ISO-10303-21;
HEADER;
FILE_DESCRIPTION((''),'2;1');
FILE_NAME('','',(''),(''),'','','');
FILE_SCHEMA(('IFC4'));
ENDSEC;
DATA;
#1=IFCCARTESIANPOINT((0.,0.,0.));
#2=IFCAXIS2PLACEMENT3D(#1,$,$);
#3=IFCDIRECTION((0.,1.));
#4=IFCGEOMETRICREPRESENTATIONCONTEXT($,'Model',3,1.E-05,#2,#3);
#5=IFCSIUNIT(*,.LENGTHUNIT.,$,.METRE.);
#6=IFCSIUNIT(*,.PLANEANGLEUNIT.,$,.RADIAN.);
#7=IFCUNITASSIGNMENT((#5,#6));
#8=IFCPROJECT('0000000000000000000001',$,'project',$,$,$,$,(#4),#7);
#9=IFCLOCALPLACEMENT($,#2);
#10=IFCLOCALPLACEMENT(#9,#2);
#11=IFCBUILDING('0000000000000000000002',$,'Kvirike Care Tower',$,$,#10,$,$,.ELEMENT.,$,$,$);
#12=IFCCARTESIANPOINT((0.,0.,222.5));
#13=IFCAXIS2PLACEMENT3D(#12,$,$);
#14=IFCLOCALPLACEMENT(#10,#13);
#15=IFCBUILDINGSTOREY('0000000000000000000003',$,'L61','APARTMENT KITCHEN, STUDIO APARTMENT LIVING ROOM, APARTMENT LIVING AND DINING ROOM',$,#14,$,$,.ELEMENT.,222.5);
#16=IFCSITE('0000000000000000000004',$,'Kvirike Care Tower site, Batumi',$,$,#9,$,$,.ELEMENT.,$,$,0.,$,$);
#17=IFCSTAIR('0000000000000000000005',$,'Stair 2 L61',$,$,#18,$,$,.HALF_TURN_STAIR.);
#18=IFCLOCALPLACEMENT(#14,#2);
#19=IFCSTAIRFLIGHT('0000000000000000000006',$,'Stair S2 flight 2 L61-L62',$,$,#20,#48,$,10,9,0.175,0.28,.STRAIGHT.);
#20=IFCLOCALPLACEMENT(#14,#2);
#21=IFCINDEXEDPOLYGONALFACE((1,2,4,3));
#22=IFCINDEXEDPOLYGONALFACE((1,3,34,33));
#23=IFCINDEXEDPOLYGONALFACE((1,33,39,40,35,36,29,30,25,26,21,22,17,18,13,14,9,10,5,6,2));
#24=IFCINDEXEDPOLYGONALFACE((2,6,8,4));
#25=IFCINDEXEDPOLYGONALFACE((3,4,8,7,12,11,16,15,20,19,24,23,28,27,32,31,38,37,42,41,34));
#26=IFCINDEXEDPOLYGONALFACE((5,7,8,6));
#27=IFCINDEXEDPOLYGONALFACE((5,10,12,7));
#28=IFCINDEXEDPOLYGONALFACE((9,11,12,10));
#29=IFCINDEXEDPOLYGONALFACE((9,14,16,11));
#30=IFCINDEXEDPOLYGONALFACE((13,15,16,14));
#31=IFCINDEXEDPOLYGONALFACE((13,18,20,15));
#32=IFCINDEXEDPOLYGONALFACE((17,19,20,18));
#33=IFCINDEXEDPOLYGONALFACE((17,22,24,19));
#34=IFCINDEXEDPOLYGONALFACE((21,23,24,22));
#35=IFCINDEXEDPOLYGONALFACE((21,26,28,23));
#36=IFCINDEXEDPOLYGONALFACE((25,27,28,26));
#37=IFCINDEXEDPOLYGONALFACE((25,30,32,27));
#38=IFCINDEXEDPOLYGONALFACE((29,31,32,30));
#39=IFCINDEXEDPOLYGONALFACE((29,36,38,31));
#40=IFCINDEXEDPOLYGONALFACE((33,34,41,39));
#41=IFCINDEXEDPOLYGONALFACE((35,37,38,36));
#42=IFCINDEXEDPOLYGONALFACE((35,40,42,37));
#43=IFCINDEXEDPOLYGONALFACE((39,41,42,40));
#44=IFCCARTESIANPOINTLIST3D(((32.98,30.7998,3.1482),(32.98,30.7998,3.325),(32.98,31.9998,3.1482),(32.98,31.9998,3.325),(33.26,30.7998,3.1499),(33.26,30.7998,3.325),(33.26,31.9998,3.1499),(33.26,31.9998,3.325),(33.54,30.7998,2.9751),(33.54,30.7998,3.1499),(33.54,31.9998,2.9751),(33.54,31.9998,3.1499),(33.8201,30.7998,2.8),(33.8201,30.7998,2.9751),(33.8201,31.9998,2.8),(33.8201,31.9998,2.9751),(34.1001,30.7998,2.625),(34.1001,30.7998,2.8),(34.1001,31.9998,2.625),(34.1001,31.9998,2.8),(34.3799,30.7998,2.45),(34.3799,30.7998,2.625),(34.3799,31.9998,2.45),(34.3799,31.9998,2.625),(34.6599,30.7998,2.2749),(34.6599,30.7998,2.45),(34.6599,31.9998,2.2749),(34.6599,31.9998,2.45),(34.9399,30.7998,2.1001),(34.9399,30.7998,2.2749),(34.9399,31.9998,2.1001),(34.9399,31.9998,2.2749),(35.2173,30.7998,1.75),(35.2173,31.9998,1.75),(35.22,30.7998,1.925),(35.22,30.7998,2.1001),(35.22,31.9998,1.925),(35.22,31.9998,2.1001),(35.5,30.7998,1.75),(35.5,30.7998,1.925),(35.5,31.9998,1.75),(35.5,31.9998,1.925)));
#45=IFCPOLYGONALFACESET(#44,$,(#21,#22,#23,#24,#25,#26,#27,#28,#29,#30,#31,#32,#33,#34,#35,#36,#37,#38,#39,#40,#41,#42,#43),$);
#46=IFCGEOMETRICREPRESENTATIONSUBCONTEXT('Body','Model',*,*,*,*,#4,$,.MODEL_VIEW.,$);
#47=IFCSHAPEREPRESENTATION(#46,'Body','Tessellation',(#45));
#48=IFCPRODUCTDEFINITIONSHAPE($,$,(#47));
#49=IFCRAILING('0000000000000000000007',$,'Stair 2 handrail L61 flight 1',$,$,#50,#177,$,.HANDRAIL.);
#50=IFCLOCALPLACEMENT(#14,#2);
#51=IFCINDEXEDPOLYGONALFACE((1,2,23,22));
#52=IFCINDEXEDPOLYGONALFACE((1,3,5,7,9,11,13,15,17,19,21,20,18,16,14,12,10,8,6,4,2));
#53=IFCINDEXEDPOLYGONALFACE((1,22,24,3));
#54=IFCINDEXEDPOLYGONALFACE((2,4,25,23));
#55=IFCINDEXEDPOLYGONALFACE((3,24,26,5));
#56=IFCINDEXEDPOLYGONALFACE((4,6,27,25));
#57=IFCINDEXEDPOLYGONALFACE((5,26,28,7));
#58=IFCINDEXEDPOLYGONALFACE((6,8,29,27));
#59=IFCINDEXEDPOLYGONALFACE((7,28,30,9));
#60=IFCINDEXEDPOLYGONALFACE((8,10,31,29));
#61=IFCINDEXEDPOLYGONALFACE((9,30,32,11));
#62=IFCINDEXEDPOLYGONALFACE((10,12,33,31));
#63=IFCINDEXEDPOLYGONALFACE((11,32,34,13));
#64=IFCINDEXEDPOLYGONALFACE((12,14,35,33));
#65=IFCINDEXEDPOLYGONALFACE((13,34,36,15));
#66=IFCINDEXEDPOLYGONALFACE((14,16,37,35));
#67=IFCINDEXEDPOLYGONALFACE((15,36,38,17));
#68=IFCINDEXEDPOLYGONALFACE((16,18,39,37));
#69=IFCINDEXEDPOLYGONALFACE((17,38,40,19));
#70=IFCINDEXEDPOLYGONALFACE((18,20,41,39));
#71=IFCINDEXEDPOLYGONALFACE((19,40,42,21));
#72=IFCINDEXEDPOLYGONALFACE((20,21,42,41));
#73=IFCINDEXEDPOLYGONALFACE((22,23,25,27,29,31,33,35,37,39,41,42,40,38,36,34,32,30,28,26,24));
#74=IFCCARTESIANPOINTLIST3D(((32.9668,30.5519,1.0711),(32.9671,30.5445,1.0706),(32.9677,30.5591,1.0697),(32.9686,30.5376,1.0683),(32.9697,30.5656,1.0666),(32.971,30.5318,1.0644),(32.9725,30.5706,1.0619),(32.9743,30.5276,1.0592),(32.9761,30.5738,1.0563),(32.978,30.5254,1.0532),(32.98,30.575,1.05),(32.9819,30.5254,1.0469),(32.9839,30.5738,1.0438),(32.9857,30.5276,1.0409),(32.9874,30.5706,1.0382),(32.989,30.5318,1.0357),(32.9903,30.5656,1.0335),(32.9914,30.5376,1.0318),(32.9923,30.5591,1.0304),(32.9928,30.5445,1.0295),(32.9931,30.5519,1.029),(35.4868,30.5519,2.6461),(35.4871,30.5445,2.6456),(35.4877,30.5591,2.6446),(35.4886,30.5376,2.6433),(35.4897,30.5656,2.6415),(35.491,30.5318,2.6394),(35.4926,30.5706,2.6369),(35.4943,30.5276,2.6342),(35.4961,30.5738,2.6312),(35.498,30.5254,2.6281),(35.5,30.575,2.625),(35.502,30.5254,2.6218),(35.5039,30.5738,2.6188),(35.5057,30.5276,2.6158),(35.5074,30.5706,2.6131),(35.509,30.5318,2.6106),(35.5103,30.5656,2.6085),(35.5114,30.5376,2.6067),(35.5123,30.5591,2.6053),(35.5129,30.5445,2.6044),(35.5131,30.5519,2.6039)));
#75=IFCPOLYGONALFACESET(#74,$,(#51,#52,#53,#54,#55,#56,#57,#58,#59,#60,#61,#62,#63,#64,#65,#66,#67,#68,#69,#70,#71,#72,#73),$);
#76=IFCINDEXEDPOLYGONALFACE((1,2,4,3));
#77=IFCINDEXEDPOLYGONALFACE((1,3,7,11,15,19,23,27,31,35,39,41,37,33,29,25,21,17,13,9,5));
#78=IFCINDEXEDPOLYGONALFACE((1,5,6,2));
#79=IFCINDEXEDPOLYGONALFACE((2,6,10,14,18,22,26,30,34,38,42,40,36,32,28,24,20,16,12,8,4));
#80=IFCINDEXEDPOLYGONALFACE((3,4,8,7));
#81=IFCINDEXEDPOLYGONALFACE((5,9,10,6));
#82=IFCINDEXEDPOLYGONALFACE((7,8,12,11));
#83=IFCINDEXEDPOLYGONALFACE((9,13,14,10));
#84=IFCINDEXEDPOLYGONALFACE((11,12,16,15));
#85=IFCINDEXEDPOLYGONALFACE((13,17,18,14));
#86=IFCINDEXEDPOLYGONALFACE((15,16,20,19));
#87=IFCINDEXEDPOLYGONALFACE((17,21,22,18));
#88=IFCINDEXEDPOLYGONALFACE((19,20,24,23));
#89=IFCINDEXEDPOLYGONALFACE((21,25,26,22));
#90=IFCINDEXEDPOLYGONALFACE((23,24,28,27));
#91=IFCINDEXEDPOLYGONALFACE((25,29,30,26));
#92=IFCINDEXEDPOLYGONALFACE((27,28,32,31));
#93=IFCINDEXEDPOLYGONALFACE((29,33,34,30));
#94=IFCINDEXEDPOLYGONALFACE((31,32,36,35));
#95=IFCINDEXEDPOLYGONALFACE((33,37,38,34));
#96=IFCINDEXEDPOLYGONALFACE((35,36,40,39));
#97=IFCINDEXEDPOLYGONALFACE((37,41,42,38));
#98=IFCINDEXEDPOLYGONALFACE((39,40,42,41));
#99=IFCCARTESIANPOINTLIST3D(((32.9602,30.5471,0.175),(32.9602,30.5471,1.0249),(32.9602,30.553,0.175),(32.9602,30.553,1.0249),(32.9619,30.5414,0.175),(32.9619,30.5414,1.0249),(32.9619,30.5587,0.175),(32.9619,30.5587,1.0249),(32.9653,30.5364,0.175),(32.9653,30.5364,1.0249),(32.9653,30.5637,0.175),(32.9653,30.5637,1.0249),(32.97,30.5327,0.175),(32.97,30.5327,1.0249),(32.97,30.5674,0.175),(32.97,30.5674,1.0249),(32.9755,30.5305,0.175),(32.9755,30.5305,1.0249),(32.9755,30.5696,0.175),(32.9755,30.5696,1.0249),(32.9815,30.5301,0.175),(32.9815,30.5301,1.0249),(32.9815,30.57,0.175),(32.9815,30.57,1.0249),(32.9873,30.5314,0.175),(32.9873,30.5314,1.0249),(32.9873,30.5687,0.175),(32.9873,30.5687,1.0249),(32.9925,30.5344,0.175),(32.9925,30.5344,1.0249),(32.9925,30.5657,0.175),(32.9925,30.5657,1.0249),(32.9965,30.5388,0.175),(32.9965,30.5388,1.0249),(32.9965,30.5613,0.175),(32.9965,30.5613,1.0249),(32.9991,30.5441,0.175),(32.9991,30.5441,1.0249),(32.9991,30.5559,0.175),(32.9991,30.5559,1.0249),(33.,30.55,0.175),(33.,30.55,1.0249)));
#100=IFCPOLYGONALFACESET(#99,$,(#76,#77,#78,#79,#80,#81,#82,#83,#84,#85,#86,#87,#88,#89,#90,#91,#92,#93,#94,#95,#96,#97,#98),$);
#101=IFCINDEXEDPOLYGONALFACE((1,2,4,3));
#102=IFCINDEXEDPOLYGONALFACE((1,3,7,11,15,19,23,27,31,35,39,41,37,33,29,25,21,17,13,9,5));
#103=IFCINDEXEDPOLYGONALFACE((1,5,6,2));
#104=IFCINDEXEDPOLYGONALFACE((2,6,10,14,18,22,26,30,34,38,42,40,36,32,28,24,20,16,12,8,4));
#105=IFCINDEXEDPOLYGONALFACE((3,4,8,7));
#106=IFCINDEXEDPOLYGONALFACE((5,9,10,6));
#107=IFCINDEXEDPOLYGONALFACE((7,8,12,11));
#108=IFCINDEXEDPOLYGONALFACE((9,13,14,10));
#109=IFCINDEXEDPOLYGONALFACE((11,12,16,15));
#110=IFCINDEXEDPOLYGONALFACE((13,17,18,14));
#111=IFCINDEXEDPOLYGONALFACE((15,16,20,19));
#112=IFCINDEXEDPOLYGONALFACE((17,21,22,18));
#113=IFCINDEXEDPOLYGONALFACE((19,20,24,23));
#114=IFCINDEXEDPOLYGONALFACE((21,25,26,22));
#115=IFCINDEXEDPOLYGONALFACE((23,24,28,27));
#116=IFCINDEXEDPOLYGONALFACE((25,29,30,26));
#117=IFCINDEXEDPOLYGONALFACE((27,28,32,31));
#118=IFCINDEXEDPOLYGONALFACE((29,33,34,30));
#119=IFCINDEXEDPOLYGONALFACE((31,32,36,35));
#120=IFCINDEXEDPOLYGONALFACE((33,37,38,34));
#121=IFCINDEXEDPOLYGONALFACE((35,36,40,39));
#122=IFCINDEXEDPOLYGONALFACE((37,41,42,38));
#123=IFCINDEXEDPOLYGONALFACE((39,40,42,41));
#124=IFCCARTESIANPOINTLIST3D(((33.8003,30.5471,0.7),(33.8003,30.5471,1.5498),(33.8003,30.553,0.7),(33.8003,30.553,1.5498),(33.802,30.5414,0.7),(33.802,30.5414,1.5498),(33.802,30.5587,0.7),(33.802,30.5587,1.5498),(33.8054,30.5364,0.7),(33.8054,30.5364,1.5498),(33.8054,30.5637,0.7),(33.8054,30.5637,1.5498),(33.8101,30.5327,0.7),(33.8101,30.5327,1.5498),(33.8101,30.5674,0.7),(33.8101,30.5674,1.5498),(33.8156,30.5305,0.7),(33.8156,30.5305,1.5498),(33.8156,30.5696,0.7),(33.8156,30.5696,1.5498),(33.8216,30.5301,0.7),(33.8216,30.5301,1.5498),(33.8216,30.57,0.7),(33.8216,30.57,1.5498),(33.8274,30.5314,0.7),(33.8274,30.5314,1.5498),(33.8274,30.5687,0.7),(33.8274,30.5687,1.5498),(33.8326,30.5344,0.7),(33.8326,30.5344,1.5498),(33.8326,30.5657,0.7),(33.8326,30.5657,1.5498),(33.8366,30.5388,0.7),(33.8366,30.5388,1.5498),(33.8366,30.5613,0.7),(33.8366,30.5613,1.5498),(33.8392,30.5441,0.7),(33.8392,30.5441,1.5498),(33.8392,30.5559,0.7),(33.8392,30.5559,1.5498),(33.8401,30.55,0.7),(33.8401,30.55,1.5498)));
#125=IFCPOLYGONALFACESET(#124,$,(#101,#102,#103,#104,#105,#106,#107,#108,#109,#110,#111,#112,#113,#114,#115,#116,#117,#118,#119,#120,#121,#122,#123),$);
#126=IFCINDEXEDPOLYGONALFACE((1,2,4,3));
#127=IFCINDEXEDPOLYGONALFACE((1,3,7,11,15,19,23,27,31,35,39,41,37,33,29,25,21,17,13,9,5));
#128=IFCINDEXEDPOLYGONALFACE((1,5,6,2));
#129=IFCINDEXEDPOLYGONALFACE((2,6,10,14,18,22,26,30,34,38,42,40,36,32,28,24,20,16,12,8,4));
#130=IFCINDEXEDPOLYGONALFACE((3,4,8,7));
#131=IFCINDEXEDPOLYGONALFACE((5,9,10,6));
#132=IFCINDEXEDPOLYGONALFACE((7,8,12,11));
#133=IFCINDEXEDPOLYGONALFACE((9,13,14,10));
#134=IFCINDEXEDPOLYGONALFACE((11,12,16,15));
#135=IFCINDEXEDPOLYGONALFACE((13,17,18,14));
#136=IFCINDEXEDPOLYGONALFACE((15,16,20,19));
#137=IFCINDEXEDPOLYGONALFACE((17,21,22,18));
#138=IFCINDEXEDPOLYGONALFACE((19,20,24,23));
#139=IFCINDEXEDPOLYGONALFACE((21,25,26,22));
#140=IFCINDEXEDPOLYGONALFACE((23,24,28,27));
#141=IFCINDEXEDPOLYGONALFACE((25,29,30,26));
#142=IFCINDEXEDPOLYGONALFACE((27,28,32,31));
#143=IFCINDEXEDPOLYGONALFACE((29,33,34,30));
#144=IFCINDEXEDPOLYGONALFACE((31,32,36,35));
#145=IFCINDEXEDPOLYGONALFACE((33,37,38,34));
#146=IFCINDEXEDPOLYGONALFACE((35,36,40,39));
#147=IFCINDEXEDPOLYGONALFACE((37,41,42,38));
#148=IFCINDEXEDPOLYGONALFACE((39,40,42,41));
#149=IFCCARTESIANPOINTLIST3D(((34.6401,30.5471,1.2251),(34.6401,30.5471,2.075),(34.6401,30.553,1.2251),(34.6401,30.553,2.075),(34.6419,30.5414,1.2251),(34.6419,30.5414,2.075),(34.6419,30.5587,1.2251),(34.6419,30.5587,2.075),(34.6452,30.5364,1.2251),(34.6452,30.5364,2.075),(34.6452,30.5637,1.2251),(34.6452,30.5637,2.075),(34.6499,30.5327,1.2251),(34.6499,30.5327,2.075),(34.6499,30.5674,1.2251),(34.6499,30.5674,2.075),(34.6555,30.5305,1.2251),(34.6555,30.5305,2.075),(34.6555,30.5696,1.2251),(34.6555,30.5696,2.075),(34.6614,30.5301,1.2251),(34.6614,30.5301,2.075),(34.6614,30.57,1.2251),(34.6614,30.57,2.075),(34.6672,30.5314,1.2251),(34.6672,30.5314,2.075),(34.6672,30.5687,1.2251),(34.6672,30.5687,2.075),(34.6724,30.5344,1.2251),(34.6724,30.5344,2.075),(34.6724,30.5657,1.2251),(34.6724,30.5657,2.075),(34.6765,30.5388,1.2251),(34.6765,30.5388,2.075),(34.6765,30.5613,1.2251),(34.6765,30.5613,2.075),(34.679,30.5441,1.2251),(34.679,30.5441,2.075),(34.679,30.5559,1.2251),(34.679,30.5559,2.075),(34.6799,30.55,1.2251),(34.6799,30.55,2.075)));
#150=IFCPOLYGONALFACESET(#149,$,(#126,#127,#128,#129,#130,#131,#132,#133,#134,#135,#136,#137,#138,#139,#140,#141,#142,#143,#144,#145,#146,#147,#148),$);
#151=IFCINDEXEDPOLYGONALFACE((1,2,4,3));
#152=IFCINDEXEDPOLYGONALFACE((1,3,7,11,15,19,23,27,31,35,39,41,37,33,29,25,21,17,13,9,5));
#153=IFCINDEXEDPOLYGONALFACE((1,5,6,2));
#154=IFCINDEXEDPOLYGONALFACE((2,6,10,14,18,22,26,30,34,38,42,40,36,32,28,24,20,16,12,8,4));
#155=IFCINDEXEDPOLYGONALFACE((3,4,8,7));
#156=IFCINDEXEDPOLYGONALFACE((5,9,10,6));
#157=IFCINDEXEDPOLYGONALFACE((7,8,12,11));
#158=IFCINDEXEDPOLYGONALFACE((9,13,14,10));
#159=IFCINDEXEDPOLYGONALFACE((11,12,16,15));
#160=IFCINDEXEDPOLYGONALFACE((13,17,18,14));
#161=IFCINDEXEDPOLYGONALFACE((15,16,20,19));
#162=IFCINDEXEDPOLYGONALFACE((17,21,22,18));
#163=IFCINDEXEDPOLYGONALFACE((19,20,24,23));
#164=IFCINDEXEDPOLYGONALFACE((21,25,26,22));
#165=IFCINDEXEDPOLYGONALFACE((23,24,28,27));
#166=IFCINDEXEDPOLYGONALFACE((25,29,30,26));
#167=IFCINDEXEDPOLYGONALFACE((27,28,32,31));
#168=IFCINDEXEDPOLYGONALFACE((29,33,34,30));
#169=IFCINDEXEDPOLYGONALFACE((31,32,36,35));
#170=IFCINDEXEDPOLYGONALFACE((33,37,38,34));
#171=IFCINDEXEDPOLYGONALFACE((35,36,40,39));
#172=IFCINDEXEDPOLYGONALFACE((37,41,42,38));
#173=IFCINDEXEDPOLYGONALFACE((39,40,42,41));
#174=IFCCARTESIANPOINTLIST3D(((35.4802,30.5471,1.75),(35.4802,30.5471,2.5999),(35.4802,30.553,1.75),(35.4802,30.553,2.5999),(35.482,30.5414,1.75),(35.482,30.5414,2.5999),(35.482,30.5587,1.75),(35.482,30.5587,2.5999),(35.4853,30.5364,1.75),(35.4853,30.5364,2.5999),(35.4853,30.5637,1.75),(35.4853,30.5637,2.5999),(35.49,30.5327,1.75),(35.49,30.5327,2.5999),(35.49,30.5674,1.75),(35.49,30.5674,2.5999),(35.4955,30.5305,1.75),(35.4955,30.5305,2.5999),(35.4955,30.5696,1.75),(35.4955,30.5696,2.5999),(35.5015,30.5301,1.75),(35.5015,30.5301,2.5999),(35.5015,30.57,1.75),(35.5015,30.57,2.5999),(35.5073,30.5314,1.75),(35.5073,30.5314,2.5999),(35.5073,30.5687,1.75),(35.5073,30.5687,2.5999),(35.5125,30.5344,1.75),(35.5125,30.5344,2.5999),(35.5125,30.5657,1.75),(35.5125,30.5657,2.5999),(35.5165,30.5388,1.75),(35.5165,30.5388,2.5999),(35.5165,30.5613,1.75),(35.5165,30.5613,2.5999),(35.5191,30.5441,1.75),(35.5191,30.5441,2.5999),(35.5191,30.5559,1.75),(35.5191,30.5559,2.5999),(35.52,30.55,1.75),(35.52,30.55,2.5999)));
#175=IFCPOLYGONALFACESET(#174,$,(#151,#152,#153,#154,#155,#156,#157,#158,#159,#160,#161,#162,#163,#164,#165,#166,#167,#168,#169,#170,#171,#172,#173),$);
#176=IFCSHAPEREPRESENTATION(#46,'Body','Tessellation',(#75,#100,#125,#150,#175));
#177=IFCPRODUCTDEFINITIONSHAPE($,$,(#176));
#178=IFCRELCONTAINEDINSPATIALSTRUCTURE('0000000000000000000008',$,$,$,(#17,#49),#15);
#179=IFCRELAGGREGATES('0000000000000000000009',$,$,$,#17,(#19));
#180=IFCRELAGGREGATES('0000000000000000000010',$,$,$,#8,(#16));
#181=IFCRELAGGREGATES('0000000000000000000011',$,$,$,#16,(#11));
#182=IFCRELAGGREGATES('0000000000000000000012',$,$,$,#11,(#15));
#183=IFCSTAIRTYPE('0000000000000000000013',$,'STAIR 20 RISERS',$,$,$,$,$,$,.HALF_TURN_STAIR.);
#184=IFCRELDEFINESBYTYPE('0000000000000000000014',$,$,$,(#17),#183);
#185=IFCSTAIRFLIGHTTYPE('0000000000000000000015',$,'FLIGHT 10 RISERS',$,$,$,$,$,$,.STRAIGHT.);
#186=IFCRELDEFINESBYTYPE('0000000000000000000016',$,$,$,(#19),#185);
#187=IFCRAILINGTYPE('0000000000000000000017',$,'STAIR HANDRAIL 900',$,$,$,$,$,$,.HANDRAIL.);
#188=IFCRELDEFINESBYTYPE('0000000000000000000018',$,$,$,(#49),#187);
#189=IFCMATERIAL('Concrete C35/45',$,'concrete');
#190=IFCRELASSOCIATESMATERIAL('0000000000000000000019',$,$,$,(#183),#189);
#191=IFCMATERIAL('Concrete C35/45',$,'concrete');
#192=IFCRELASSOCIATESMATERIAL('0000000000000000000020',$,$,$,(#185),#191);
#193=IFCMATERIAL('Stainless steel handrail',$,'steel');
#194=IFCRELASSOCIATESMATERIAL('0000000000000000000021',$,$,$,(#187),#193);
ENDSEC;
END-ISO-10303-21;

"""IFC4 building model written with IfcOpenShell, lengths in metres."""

from ifc_helpers import new_model, si_unit, direction, frame, origin, origin_2d, place, context, subcontext, project, spatial, polyline, circle, outline, extrude, material, type_object, element, aggregate, save


model = new_model("IFC4")

# Units and contexts
model_context = context("Model", 3, precision=1e-05, world=origin(), true_north=direction((0.0, 1.0)))
body_context = subcontext(model_context, "Body", "Model", "MODEL_VIEW")
ifc_project = project(units=[si_unit("LENGTHUNIT", "METRE"), si_unit("PLANEANGLEUNIT", "RADIAN")], contexts=[model_context])

# Site, building, storey
site_placement = place(None, origin())
site = spatial("IfcSite", under=ifc_project, at=site_placement, Name="Kvirike Care Tower site, Batumi", CompositionType="ELEMENT", RefElevation=0.0)
building_placement = place(site_placement, origin())
building = spatial("IfcBuilding", under=site, at=building_placement, Name="Kvirike Care Tower", CompositionType="ELEMENT")
storey_placement = place(building_placement, frame((0.0, 0.0, 222.5)))
storey = spatial("IfcBuildingStorey", under=building, at=storey_placement, Name="L61", Description="APARTMENT KITCHEN, STUDIO APARTMENT LIVING ROOM, APARTMENT LIVING AND DINING ROOM", CompositionType="ELEMENT", Elevation=222.5)

# Stair, stair flight
ifc_material_1 = material(Name="Concrete C35/45", Category="concrete")
stair_type = type_object("IfcStairType", Name="STAIR 20 RISERS", PredefinedType="HALF_TURN_STAIR", material=ifc_material_1)
stair_placement = place(storey_placement, origin())
stair = element("IfcStair", 1, at=stair_placement, inside=storey, type_object=stair_type, Name="Stair 2 L61", PredefinedType="HALF_TURN_STAIR")
ifc_material_2 = material(Name="Concrete C35/45", Category="concrete")
stair_flight_type = type_object("IfcStairFlightType", Name="FLIGHT 10 RISERS", PredefinedType="STRAIGHT", material=ifc_material_2)
stair_flight_1_placement = place(storey_placement, frame((35.5, 31.3999, 1.75), z_axis=(0.0, 0.0, 1.0), x_axis=(-1.0, 0.0, 0.0)))
stair_flight_1 = element("IfcStairFlight", 2, at=stair_flight_1_placement, type_object=stair_flight_type, Name="Stair S2 flight 2 L61-L62", NumberOfRisers=10, NumberOfTreads=9, PredefinedType="STRAIGHT", RiserHeight=0.175, TreadLength=0.28, context=body_context, shape_type="SweptSolid", body=[
    extrude(outline(polyline([(0.0, 0.0), (0.0, 0.175), (0.28, 0.175), (0.28, 0.3501), (0.5601, 0.3501), (0.5601, 0.5249), (0.8401, 0.5249), (0.8401, 0.7), (1.1201, 0.7), (1.1201, 0.875), (1.3999, 0.875), (1.3999, 1.05), (1.6799, 1.05), (1.6799, 1.2251), (1.96, 1.2251), (1.96, 1.3999), (2.24, 1.3999), (2.24, 1.575), (2.52, 1.575), (2.52, 1.75), (2.52, 1.3982), (0.2827, 0.0), (0.0, 0.0)])), frame((0.0, 0.6001, 0.0), z_axis=(0.0, -1.0, 0.0), x_axis=(1.0, 0.0, 0.0)), (0.0, 0.0, 1.0), 1.2),
])
aggregate(stair, [stair_flight_1])

# Railing
ifc_material_3 = material(Name="Stainless steel handrail", Category="steel")
railing_type = type_object("IfcRailingType", Name="STAIR HANDRAIL 900", PredefinedType="HANDRAIL", material=ifc_material_3)
railing_1_placement = place(storey_placement, frame((32.98, 30.55, 0.175)))
element("IfcRailing", 3, at=railing_1_placement, inside=storey, type_object=railing_type, Name="Stair 2 handrail L61 flight 1", PredefinedType="HANDRAIL", context=body_context, shape_type="SweptSolid", body=[
    extrude(circle(Radius=0.0249, at=origin_2d()), frame((0.0, 0.0, 0.875), z_axis=(0.848008, 0.0, 0.529984), x_axis=(0.0, 1.0, 0.0)), (0.0, 0.0, 1.0), 2.9717),
    extrude(circle(Radius=0.02, at=origin_2d()), origin(), (0.0, 0.0, 1.0), 0.8499),
    extrude(circle(Radius=0.02, at=origin_2d()), frame((0.8401, 0.0, 0.5249)), (0.0, 0.0, 1.0), 0.8499),
    extrude(circle(Radius=0.02, at=origin_2d()), frame((1.6799, 0.0, 1.05)), (0.0, 0.0, 1.0), 0.8499),
    extrude(circle(Radius=0.02, at=origin_2d()), frame((2.52, 0.0, 1.575)), (0.0, 0.0, 1.0), 0.8499),
])

save(model, "model.ifc")
